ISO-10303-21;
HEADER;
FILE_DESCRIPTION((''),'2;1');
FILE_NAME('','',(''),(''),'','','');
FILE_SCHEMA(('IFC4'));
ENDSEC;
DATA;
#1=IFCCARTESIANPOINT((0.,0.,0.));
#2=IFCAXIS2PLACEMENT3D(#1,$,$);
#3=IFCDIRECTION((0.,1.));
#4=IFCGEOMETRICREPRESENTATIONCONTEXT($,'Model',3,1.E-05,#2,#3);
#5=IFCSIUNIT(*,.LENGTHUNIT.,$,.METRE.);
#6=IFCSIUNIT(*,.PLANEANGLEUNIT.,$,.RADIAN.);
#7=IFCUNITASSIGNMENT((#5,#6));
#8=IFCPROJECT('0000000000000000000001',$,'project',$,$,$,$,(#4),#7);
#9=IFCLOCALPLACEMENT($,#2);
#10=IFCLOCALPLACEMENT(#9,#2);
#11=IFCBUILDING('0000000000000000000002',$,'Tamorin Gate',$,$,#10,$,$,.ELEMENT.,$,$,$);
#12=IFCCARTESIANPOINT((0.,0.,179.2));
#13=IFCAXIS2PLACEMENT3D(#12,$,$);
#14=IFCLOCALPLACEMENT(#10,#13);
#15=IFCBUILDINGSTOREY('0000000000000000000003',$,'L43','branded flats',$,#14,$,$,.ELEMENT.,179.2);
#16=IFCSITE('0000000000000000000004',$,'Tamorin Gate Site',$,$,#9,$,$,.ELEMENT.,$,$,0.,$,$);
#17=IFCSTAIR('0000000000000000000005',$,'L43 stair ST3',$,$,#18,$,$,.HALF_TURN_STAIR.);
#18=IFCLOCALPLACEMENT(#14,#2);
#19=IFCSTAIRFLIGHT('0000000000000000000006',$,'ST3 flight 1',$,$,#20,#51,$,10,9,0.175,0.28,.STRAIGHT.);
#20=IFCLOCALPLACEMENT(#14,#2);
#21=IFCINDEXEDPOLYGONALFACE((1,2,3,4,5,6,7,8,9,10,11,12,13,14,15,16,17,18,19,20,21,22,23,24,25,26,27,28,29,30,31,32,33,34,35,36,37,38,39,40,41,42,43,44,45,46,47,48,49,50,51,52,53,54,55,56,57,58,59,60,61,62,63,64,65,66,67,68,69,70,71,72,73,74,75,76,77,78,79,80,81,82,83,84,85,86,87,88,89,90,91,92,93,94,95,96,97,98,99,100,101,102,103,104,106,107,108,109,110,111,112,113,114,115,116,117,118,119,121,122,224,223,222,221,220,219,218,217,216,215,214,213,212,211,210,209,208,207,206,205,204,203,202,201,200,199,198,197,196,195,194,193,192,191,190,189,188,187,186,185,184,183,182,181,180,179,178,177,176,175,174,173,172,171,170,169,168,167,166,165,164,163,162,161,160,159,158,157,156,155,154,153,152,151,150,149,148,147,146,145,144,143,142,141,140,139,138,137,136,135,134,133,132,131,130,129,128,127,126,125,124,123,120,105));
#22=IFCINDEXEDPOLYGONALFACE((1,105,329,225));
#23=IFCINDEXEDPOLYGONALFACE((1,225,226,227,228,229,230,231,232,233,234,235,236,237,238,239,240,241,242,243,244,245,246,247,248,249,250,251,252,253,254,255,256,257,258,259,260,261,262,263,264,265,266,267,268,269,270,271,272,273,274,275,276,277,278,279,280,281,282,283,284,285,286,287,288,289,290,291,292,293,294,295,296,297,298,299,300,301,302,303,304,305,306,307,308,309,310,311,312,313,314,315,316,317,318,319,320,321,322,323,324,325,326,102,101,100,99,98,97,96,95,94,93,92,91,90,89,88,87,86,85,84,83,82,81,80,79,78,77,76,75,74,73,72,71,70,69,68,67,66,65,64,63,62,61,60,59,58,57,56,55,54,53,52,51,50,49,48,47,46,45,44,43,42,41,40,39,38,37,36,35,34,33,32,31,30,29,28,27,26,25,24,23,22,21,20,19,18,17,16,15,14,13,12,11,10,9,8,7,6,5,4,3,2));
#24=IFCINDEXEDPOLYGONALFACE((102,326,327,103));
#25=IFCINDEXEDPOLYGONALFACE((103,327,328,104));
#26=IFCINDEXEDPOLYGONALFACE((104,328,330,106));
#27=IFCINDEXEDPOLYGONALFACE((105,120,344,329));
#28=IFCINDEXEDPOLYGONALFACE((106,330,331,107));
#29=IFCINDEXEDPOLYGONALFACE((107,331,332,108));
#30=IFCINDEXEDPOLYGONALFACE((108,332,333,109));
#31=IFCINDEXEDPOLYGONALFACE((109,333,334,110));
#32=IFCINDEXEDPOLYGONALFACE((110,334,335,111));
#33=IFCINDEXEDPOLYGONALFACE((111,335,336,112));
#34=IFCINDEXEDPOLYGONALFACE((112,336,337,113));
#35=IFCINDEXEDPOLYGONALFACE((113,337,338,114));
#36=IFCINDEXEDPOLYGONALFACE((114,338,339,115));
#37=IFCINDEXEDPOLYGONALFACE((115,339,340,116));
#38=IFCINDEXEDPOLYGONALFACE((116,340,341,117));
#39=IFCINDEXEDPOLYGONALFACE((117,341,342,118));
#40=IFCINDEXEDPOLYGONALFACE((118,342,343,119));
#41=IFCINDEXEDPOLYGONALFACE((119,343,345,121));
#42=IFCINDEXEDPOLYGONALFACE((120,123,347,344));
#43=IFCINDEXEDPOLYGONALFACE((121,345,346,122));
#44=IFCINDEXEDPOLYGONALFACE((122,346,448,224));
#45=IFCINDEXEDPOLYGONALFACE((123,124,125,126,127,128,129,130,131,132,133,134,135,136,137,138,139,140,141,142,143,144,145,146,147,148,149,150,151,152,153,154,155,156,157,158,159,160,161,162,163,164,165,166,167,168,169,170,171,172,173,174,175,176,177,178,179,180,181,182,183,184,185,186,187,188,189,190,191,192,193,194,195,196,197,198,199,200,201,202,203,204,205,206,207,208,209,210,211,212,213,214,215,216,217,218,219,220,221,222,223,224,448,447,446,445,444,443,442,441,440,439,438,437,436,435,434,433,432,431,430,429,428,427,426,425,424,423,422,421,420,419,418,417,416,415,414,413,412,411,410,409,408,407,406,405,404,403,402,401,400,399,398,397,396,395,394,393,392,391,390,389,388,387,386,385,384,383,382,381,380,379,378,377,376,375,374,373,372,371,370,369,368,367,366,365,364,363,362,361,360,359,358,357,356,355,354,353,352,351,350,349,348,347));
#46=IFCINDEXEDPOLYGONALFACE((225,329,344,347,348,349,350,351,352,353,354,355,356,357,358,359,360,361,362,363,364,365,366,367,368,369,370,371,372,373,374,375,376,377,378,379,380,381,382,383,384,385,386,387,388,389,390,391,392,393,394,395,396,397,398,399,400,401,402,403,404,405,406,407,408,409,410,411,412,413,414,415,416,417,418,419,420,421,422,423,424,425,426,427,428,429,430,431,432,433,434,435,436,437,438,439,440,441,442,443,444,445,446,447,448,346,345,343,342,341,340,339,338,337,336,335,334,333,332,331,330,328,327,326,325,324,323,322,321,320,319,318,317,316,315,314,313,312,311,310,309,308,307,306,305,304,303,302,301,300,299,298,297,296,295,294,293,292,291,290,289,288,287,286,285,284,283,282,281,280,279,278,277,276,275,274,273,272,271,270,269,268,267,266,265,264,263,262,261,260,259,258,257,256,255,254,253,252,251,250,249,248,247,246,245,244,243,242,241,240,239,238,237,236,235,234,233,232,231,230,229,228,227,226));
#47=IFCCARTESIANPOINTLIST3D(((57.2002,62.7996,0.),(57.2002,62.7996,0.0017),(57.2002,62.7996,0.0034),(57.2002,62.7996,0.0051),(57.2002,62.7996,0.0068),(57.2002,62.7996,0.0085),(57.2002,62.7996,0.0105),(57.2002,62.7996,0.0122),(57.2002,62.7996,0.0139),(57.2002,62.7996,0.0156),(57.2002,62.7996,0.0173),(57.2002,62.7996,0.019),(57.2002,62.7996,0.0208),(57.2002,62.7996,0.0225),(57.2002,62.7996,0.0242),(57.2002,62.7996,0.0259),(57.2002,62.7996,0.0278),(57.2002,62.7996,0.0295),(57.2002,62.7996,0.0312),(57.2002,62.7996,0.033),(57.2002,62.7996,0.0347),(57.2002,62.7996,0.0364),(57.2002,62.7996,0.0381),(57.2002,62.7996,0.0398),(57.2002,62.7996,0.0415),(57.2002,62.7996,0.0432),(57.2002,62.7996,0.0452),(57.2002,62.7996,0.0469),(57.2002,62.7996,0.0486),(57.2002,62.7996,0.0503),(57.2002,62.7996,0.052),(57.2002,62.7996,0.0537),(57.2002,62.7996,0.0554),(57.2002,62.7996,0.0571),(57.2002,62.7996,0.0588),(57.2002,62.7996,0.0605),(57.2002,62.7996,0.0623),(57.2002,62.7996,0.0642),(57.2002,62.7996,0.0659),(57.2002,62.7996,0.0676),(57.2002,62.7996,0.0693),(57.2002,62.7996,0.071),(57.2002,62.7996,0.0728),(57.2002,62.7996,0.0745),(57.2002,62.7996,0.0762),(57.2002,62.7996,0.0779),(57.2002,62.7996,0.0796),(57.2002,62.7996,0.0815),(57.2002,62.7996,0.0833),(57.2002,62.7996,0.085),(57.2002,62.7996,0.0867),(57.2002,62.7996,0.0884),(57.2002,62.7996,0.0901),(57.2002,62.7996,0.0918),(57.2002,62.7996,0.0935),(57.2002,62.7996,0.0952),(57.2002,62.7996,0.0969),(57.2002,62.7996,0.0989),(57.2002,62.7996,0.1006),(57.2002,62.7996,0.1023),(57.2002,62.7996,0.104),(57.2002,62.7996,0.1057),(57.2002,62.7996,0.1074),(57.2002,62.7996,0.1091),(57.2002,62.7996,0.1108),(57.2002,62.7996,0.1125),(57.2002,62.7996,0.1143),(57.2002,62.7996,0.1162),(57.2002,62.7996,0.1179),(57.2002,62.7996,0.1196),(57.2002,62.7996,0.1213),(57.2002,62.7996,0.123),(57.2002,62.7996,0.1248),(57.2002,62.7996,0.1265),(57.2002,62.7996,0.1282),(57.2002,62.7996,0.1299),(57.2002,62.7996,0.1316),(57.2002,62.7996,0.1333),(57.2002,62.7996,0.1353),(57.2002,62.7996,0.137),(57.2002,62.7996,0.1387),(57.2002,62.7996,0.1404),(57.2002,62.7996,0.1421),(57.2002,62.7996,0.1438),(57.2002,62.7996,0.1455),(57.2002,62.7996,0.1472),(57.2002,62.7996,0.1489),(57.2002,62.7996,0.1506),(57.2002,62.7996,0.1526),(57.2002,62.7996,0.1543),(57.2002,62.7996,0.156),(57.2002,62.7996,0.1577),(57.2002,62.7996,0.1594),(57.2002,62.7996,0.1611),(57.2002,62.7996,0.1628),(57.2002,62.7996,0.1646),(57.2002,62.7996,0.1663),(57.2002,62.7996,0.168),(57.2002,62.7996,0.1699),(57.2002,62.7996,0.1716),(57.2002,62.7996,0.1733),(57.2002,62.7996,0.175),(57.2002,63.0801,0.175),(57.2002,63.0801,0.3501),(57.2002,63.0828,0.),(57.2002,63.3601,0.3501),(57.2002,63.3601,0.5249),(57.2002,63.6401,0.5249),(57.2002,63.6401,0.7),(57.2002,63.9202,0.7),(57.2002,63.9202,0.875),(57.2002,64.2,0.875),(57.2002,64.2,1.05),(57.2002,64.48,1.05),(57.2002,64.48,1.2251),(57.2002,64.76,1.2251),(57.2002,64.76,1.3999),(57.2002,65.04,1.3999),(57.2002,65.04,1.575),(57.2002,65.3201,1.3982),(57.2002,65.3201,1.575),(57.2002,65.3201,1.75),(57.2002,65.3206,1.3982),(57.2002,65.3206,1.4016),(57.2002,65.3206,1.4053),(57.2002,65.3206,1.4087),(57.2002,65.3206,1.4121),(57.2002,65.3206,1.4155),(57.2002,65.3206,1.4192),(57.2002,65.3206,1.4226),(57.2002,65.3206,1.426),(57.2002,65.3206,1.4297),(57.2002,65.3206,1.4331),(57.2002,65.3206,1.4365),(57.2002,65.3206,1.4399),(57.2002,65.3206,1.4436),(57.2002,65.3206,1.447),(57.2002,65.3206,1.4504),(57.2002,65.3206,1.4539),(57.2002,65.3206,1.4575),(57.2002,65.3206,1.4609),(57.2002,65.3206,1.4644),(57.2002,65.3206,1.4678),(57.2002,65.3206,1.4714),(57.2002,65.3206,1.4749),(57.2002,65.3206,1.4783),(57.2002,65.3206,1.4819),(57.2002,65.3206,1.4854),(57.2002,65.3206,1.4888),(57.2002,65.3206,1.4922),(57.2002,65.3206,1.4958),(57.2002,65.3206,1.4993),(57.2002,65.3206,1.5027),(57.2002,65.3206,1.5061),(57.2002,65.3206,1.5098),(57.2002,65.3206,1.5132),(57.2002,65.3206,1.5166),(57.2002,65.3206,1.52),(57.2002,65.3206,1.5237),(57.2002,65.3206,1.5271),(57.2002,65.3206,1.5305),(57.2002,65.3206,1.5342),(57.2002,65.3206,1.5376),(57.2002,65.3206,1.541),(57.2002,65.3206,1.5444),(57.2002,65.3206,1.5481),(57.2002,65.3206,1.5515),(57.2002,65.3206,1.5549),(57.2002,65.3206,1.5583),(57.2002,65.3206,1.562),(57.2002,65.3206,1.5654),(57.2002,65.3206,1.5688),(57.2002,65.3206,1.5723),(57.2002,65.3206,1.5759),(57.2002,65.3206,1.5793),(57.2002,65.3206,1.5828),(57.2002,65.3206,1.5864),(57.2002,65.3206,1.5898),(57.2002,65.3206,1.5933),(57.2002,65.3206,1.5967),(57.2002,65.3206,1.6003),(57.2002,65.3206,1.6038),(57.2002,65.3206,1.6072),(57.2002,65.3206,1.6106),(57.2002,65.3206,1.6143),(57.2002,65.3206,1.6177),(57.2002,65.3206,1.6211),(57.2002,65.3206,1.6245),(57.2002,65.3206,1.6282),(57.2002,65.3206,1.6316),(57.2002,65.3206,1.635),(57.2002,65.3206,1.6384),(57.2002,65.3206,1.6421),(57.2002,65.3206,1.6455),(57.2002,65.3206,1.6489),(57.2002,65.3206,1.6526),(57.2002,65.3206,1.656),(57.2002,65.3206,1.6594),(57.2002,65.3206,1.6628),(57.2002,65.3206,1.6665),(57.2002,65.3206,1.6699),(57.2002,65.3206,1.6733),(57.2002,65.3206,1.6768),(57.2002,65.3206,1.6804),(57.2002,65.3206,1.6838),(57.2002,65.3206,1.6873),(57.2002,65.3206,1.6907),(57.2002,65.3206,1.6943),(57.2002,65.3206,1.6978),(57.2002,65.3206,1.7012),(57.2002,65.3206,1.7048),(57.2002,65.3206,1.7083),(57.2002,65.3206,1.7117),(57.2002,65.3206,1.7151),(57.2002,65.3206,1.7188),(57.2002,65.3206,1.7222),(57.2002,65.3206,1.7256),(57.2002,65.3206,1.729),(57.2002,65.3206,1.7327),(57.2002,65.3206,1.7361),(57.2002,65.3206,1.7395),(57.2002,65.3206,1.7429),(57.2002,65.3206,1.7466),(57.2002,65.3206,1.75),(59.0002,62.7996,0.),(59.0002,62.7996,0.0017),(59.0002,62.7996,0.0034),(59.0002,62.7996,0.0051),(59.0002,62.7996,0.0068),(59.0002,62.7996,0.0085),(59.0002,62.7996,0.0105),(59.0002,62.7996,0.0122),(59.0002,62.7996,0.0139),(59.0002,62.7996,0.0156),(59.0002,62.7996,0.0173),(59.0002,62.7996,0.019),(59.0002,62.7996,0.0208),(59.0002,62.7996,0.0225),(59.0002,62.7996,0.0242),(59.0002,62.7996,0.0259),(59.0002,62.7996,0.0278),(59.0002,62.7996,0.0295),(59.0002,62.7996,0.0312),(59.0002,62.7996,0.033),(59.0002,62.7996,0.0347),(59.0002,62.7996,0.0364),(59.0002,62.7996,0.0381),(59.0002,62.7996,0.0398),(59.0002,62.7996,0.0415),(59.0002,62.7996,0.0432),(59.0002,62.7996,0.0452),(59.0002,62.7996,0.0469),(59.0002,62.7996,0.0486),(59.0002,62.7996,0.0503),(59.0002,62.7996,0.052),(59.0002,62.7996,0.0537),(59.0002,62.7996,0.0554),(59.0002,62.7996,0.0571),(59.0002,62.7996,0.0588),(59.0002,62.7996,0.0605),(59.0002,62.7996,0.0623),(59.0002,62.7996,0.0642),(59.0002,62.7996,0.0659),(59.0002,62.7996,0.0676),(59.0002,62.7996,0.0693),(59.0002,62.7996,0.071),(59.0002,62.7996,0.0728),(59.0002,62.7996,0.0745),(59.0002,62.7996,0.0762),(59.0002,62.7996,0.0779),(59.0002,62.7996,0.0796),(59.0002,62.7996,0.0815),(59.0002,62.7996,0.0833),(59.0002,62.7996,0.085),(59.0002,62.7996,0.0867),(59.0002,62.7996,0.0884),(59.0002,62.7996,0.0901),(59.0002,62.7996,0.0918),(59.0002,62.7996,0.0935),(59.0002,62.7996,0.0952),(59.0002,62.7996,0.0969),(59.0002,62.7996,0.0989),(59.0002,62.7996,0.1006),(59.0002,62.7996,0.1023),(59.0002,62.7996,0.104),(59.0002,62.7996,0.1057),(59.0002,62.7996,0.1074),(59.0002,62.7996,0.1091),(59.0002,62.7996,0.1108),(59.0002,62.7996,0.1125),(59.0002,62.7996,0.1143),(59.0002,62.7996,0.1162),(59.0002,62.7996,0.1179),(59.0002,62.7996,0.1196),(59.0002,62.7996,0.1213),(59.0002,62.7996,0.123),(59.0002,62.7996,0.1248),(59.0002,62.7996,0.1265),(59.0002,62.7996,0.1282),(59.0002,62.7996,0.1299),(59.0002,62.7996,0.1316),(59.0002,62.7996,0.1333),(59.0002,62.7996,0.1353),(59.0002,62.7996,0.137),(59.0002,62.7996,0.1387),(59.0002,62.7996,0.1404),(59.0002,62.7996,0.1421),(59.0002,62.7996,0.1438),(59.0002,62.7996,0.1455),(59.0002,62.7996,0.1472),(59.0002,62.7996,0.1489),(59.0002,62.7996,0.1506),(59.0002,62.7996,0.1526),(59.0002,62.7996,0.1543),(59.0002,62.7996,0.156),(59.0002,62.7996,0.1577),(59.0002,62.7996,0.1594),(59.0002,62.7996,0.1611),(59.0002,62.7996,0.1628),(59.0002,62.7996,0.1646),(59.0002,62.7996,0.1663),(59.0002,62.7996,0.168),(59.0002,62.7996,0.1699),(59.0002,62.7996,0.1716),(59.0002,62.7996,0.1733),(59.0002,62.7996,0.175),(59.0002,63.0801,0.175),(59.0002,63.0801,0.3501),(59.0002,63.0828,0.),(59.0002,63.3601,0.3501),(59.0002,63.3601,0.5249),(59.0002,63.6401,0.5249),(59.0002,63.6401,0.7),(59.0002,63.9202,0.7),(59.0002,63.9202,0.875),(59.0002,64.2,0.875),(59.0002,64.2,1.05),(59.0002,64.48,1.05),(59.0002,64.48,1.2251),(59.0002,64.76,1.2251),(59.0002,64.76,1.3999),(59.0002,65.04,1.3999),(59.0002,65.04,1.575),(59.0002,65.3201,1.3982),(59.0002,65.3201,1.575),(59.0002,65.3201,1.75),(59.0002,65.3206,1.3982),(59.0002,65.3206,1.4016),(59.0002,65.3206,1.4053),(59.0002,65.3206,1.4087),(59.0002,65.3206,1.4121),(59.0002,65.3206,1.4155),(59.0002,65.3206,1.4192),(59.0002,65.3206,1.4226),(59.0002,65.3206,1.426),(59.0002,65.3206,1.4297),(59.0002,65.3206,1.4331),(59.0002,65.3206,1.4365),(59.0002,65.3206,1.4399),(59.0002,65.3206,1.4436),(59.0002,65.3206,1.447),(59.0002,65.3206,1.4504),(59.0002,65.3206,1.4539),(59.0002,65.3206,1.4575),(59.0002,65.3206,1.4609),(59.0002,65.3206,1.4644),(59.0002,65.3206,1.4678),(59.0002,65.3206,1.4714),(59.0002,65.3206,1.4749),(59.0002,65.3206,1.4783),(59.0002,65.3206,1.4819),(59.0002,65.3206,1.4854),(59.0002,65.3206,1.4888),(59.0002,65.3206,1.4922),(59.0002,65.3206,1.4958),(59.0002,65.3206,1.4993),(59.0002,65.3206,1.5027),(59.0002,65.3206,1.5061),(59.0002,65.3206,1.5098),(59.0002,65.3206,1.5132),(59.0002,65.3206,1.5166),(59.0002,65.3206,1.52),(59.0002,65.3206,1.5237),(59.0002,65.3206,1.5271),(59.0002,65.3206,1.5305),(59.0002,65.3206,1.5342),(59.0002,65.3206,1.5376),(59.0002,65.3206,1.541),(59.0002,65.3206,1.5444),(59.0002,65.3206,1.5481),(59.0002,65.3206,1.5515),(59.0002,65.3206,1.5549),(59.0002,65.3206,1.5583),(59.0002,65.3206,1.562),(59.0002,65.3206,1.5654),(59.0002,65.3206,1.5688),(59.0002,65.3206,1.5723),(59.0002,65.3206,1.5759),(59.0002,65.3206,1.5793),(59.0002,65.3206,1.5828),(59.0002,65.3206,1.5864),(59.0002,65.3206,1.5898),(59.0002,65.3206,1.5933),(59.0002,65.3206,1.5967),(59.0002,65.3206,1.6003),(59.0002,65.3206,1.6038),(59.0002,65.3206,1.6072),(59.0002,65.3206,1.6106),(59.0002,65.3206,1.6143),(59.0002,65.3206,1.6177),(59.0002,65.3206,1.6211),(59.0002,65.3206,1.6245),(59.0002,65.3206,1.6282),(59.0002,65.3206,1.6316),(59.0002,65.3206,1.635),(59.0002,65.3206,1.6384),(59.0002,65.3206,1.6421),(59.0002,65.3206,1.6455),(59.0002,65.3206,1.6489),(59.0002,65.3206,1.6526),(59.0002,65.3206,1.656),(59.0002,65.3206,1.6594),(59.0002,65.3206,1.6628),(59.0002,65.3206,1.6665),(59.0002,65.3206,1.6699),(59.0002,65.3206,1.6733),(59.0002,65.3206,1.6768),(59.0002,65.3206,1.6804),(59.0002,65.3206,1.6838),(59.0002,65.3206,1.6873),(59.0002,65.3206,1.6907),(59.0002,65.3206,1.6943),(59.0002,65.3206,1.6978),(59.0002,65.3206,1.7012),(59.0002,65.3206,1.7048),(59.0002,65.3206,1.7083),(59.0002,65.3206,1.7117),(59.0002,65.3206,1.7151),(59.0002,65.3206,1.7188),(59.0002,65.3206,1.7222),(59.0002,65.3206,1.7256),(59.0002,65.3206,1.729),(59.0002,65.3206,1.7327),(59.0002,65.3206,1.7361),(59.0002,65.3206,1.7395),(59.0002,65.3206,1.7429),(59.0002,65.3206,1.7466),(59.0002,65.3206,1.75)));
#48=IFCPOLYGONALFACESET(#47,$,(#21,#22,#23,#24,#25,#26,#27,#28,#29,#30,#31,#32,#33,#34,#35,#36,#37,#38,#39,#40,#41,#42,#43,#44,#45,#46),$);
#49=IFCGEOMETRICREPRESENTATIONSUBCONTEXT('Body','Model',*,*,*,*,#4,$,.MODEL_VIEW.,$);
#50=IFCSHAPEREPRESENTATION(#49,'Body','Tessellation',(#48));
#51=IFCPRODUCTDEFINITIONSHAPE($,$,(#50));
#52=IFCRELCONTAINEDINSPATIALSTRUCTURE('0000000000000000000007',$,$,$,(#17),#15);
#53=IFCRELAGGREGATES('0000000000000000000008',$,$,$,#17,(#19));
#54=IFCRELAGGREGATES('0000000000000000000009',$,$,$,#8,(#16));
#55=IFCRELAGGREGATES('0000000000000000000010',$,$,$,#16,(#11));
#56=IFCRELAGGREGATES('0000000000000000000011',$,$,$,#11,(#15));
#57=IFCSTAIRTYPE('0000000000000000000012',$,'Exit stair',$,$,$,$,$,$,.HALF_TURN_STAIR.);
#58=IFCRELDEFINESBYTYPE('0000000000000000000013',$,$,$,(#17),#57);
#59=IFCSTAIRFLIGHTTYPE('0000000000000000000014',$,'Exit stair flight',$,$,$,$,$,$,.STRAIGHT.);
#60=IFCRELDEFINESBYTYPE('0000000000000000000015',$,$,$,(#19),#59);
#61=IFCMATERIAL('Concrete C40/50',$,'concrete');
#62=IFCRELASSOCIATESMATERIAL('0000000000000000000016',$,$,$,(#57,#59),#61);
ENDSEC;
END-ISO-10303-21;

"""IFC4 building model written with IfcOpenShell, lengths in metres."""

from ifc_helpers import new_model, si_unit, direction, frame, origin, place, context, subcontext, project, spatial, polyline, outline, extrude, material, type_object, element, aggregate, save


model = new_model("IFC4")

# Units and contexts
model_context = context("Model", 3, precision=1e-05, world=origin(), true_north=direction((0.0, 1.0)))
body_context = subcontext(model_context, "Body", "Model", "MODEL_VIEW")
ifc_project = project(units=[si_unit("LENGTHUNIT", "METRE"), si_unit("PLANEANGLEUNIT", "RADIAN")], contexts=[model_context])

# Site, building, storey
site_placement = place(None, origin())
site = spatial("IfcSite", under=ifc_project, at=site_placement, Name="Tamorin Gate Site", CompositionType="ELEMENT", RefElevation=0.0)
building_placement = place(site_placement, origin())
building = spatial("IfcBuilding", under=site, at=building_placement, Name="Tamorin Gate", CompositionType="ELEMENT")
storey_placement = place(building_placement, frame((0.0, 0.0, 179.2)))
storey = spatial("IfcBuildingStorey", under=building, at=storey_placement, Name="L43", Description="branded flats", CompositionType="ELEMENT", Elevation=179.2)

# Shared definitions
ifc_material_1 = material(Name="Concrete C40/50", Category="concrete")

# Stair, stair flight
stair_type = type_object("IfcStairType", Name="Exit stair", PredefinedType="HALF_TURN_STAIR", material=ifc_material_1)
stair_placement = place(storey_placement, origin())
stair = element("IfcStair", 1, at=stair_placement, inside=storey, type_object=stair_type, Name="L43 stair ST3", PredefinedType="HALF_TURN_STAIR")
stair_flight_type = type_object("IfcStairFlightType", Name="Exit stair flight", PredefinedType="STRAIGHT", material=ifc_material_1)
stair_flight_1_placement = place(storey_placement, frame((58.1001, 62.8, 0.0), z_axis=(0.0, 0.0, 1.0), x_axis=(0.0, 1.0, 0.0)))
stair_flight_1 = element("IfcStairFlight", 2, at=stair_flight_1_placement, type_object=stair_flight_type, Name="ST3 flight 1", NumberOfRisers=10, NumberOfTreads=9, PredefinedType="STRAIGHT", RiserHeight=0.175, TreadLength=0.28, context=body_context, shape_type="SweptSolid", body=[
    extrude(outline(polyline([(-0.0005, 0.0), (-0.0005, 0.0017), (-0.0005, 0.0034), (-0.0005, 0.0051), (-0.0005, 0.0068), (-0.0005, 0.0085), (-0.0005, 0.0105), (-0.0005, 0.0122), (-0.0005, 0.0139), (-0.0005, 0.0156), (-0.0005, 0.0173), (-0.0005, 0.019), (-0.0005, 0.0208), (-0.0005, 0.0225), (-0.0005, 0.0242), (-0.0005, 0.0259), (-0.0005, 0.0278), (-0.0005, 0.0295), (-0.0005, 0.0312), (-0.0005, 0.033), (-0.0005, 0.0347), (-0.0005, 0.0364), (-0.0005, 0.0381), (-0.0005, 0.0398), (-0.0005, 0.0415), (-0.0005, 0.0432), (-0.0005, 0.0452), (-0.0005, 0.0469), (-0.0005, 0.0486), (-0.0005, 0.0503), (-0.0005, 0.052), (-0.0005, 0.0537), (-0.0005, 0.0554), (-0.0005, 0.0571), (-0.0005, 0.0588), (-0.0005, 0.0605), (-0.0005, 0.0623), (-0.0005, 0.0642), (-0.0005, 0.0659), (-0.0005, 0.0676), (-0.0005, 0.0693), (-0.0005, 0.071), (-0.0005, 0.0728), (-0.0005, 0.0745), (-0.0005, 0.0762), (-0.0005, 0.0779), (-0.0005, 0.0796), (-0.0005, 0.0815), (-0.0005, 0.0833), (-0.0005, 0.085), (-0.0005, 0.0867), (-0.0005, 0.0884), (-0.0005, 0.0901), (-0.0005, 0.0918), (-0.0005, 0.0935), (-0.0005, 0.0952), (-0.0005, 0.0969), (-0.0005, 0.0989), (-0.0005, 0.1006), (-0.0005, 0.1023), (-0.0005, 0.104), (-0.0005, 0.1057), (-0.0005, 0.1074), (-0.0005, 0.1091), (-0.0005, 0.1108), (-0.0005, 0.1125), (-0.0005, 0.1143), (-0.0005, 0.1162), (-0.0005, 0.1179), (-0.0005, 0.1196), (-0.0005, 0.1213), (-0.0005, 0.123), (-0.0005, 0.1248), (-0.0005, 0.1265), (-0.0005, 0.1282), (-0.0005, 0.1299), (-0.0005, 0.1316), (-0.0005, 0.1333), (-0.0005, 0.1353), (-0.0005, 0.137), (-0.0005, 0.1387), (-0.0005, 0.1404), (-0.0005, 0.1421), (-0.0005, 0.1438), (-0.0005, 0.1455), (-0.0005, 0.1472), (-0.0005, 0.1489), (-0.0005, 0.1506), (-0.0005, 0.1526), (-0.0005, 0.1543), (-0.0005, 0.156), (-0.0005, 0.1577), (-0.0005, 0.1594), (-0.0005, 0.1611), (-0.0005, 0.1628), (-0.0005, 0.1646), (-0.0005, 0.1663), (-0.0005, 0.168), (-0.0005, 0.1699), (-0.0005, 0.1716), (-0.0005, 0.1733), (-0.0005, 0.175), (0.28, 0.175), (0.28, 0.3501), (0.5601, 0.3501), (0.5601, 0.5249), (0.8401, 0.5249), (0.8401, 0.7), (1.1201, 0.7), (1.1201, 0.875), (1.3999, 0.875), (1.3999, 1.05), (1.6799, 1.05), (1.6799, 1.2251), (1.96, 1.2251), (1.96, 1.3999), (2.24, 1.3999), (2.24, 1.575), (2.52, 1.575), (2.52, 1.75), (2.5205, 1.75), (2.5205, 1.7466), (2.5205, 1.7429), (2.5205, 1.7395), (2.5205, 1.7361), (2.5205, 1.7327), (2.5205, 1.729), (2.5205, 1.7256), (2.5205, 1.7222), (2.5205, 1.7188), (2.5205, 1.7151), (2.5205, 1.7117), (2.5205, 1.7083), (2.5205, 1.7048), (2.5205, 1.7012), (2.5205, 1.6978), (2.5205, 1.6943), (2.5205, 1.6907), (2.5205, 1.6873), (2.5205, 1.6838), (2.5205, 1.6804), (2.5205, 1.6768), (2.5205, 1.6733), (2.5205, 1.6699), (2.5205, 1.6665), (2.5205, 1.6628), (2.5205, 1.6594), (2.5205, 1.656), (2.5205, 1.6526), (2.5205, 1.6489), (2.5205, 1.6455), (2.5205, 1.6421), (2.5205, 1.6384), (2.5205, 1.635), (2.5205, 1.6316), (2.5205, 1.6282), (2.5205, 1.6245), (2.5205, 1.6211), (2.5205, 1.6177), (2.5205, 1.6143), (2.5205, 1.6106), (2.5205, 1.6072), (2.5205, 1.6038), (2.5205, 1.6003), (2.5205, 1.5967), (2.5205, 1.5933), (2.5205, 1.5898), (2.5205, 1.5864), (2.5205, 1.5828), (2.5205, 1.5793), (2.5205, 1.5759), (2.5205, 1.5723), (2.5205, 1.5688), (2.5205, 1.5654), (2.5205, 1.562), (2.5205, 1.5583), (2.5205, 1.5549), (2.5205, 1.5515), (2.5205, 1.5481), (2.5205, 1.5444), (2.5205, 1.541), (2.5205, 1.5376), (2.5205, 1.5342), (2.5205, 1.5305), (2.5205, 1.5271), (2.5205, 1.5237), (2.5205, 1.52), (2.5205, 1.5166), (2.5205, 1.5132), (2.5205, 1.5098), (2.5205, 1.5061), (2.5205, 1.5027), (2.5205, 1.4993), (2.5205, 1.4958), (2.5205, 1.4922), (2.5205, 1.4888), (2.5205, 1.4854), (2.5205, 1.4819), (2.5205, 1.4783), (2.5205, 1.4749), (2.5205, 1.4714), (2.5205, 1.4678), (2.5205, 1.4644), (2.5205, 1.4609), (2.5205, 1.4575), (2.5205, 1.4539), (2.5205, 1.4504), (2.5205, 1.447), (2.5205, 1.4436), (2.5205, 1.4399), (2.5205, 1.4365), (2.5205, 1.4331), (2.5205, 1.4297), (2.5205, 1.426), (2.5205, 1.4226), (2.5205, 1.4192), (2.5205, 1.4155), (2.5205, 1.4121), (2.5205, 1.4087), (2.5205, 1.4053), (2.5205, 1.4016), (2.5205, 1.3982), (2.52, 1.3982), (0.2827, 0.0), (-0.0005, 0.0)])), frame((0.0, 0.8999, 0.0), z_axis=(0.0, -1.0, 0.0), x_axis=(1.0, 0.0, 0.0)), (0.0, 0.0, 1.0), 1.8),
])
aggregate(stair, [stair_flight_1])

save(model, "model.ifc")
